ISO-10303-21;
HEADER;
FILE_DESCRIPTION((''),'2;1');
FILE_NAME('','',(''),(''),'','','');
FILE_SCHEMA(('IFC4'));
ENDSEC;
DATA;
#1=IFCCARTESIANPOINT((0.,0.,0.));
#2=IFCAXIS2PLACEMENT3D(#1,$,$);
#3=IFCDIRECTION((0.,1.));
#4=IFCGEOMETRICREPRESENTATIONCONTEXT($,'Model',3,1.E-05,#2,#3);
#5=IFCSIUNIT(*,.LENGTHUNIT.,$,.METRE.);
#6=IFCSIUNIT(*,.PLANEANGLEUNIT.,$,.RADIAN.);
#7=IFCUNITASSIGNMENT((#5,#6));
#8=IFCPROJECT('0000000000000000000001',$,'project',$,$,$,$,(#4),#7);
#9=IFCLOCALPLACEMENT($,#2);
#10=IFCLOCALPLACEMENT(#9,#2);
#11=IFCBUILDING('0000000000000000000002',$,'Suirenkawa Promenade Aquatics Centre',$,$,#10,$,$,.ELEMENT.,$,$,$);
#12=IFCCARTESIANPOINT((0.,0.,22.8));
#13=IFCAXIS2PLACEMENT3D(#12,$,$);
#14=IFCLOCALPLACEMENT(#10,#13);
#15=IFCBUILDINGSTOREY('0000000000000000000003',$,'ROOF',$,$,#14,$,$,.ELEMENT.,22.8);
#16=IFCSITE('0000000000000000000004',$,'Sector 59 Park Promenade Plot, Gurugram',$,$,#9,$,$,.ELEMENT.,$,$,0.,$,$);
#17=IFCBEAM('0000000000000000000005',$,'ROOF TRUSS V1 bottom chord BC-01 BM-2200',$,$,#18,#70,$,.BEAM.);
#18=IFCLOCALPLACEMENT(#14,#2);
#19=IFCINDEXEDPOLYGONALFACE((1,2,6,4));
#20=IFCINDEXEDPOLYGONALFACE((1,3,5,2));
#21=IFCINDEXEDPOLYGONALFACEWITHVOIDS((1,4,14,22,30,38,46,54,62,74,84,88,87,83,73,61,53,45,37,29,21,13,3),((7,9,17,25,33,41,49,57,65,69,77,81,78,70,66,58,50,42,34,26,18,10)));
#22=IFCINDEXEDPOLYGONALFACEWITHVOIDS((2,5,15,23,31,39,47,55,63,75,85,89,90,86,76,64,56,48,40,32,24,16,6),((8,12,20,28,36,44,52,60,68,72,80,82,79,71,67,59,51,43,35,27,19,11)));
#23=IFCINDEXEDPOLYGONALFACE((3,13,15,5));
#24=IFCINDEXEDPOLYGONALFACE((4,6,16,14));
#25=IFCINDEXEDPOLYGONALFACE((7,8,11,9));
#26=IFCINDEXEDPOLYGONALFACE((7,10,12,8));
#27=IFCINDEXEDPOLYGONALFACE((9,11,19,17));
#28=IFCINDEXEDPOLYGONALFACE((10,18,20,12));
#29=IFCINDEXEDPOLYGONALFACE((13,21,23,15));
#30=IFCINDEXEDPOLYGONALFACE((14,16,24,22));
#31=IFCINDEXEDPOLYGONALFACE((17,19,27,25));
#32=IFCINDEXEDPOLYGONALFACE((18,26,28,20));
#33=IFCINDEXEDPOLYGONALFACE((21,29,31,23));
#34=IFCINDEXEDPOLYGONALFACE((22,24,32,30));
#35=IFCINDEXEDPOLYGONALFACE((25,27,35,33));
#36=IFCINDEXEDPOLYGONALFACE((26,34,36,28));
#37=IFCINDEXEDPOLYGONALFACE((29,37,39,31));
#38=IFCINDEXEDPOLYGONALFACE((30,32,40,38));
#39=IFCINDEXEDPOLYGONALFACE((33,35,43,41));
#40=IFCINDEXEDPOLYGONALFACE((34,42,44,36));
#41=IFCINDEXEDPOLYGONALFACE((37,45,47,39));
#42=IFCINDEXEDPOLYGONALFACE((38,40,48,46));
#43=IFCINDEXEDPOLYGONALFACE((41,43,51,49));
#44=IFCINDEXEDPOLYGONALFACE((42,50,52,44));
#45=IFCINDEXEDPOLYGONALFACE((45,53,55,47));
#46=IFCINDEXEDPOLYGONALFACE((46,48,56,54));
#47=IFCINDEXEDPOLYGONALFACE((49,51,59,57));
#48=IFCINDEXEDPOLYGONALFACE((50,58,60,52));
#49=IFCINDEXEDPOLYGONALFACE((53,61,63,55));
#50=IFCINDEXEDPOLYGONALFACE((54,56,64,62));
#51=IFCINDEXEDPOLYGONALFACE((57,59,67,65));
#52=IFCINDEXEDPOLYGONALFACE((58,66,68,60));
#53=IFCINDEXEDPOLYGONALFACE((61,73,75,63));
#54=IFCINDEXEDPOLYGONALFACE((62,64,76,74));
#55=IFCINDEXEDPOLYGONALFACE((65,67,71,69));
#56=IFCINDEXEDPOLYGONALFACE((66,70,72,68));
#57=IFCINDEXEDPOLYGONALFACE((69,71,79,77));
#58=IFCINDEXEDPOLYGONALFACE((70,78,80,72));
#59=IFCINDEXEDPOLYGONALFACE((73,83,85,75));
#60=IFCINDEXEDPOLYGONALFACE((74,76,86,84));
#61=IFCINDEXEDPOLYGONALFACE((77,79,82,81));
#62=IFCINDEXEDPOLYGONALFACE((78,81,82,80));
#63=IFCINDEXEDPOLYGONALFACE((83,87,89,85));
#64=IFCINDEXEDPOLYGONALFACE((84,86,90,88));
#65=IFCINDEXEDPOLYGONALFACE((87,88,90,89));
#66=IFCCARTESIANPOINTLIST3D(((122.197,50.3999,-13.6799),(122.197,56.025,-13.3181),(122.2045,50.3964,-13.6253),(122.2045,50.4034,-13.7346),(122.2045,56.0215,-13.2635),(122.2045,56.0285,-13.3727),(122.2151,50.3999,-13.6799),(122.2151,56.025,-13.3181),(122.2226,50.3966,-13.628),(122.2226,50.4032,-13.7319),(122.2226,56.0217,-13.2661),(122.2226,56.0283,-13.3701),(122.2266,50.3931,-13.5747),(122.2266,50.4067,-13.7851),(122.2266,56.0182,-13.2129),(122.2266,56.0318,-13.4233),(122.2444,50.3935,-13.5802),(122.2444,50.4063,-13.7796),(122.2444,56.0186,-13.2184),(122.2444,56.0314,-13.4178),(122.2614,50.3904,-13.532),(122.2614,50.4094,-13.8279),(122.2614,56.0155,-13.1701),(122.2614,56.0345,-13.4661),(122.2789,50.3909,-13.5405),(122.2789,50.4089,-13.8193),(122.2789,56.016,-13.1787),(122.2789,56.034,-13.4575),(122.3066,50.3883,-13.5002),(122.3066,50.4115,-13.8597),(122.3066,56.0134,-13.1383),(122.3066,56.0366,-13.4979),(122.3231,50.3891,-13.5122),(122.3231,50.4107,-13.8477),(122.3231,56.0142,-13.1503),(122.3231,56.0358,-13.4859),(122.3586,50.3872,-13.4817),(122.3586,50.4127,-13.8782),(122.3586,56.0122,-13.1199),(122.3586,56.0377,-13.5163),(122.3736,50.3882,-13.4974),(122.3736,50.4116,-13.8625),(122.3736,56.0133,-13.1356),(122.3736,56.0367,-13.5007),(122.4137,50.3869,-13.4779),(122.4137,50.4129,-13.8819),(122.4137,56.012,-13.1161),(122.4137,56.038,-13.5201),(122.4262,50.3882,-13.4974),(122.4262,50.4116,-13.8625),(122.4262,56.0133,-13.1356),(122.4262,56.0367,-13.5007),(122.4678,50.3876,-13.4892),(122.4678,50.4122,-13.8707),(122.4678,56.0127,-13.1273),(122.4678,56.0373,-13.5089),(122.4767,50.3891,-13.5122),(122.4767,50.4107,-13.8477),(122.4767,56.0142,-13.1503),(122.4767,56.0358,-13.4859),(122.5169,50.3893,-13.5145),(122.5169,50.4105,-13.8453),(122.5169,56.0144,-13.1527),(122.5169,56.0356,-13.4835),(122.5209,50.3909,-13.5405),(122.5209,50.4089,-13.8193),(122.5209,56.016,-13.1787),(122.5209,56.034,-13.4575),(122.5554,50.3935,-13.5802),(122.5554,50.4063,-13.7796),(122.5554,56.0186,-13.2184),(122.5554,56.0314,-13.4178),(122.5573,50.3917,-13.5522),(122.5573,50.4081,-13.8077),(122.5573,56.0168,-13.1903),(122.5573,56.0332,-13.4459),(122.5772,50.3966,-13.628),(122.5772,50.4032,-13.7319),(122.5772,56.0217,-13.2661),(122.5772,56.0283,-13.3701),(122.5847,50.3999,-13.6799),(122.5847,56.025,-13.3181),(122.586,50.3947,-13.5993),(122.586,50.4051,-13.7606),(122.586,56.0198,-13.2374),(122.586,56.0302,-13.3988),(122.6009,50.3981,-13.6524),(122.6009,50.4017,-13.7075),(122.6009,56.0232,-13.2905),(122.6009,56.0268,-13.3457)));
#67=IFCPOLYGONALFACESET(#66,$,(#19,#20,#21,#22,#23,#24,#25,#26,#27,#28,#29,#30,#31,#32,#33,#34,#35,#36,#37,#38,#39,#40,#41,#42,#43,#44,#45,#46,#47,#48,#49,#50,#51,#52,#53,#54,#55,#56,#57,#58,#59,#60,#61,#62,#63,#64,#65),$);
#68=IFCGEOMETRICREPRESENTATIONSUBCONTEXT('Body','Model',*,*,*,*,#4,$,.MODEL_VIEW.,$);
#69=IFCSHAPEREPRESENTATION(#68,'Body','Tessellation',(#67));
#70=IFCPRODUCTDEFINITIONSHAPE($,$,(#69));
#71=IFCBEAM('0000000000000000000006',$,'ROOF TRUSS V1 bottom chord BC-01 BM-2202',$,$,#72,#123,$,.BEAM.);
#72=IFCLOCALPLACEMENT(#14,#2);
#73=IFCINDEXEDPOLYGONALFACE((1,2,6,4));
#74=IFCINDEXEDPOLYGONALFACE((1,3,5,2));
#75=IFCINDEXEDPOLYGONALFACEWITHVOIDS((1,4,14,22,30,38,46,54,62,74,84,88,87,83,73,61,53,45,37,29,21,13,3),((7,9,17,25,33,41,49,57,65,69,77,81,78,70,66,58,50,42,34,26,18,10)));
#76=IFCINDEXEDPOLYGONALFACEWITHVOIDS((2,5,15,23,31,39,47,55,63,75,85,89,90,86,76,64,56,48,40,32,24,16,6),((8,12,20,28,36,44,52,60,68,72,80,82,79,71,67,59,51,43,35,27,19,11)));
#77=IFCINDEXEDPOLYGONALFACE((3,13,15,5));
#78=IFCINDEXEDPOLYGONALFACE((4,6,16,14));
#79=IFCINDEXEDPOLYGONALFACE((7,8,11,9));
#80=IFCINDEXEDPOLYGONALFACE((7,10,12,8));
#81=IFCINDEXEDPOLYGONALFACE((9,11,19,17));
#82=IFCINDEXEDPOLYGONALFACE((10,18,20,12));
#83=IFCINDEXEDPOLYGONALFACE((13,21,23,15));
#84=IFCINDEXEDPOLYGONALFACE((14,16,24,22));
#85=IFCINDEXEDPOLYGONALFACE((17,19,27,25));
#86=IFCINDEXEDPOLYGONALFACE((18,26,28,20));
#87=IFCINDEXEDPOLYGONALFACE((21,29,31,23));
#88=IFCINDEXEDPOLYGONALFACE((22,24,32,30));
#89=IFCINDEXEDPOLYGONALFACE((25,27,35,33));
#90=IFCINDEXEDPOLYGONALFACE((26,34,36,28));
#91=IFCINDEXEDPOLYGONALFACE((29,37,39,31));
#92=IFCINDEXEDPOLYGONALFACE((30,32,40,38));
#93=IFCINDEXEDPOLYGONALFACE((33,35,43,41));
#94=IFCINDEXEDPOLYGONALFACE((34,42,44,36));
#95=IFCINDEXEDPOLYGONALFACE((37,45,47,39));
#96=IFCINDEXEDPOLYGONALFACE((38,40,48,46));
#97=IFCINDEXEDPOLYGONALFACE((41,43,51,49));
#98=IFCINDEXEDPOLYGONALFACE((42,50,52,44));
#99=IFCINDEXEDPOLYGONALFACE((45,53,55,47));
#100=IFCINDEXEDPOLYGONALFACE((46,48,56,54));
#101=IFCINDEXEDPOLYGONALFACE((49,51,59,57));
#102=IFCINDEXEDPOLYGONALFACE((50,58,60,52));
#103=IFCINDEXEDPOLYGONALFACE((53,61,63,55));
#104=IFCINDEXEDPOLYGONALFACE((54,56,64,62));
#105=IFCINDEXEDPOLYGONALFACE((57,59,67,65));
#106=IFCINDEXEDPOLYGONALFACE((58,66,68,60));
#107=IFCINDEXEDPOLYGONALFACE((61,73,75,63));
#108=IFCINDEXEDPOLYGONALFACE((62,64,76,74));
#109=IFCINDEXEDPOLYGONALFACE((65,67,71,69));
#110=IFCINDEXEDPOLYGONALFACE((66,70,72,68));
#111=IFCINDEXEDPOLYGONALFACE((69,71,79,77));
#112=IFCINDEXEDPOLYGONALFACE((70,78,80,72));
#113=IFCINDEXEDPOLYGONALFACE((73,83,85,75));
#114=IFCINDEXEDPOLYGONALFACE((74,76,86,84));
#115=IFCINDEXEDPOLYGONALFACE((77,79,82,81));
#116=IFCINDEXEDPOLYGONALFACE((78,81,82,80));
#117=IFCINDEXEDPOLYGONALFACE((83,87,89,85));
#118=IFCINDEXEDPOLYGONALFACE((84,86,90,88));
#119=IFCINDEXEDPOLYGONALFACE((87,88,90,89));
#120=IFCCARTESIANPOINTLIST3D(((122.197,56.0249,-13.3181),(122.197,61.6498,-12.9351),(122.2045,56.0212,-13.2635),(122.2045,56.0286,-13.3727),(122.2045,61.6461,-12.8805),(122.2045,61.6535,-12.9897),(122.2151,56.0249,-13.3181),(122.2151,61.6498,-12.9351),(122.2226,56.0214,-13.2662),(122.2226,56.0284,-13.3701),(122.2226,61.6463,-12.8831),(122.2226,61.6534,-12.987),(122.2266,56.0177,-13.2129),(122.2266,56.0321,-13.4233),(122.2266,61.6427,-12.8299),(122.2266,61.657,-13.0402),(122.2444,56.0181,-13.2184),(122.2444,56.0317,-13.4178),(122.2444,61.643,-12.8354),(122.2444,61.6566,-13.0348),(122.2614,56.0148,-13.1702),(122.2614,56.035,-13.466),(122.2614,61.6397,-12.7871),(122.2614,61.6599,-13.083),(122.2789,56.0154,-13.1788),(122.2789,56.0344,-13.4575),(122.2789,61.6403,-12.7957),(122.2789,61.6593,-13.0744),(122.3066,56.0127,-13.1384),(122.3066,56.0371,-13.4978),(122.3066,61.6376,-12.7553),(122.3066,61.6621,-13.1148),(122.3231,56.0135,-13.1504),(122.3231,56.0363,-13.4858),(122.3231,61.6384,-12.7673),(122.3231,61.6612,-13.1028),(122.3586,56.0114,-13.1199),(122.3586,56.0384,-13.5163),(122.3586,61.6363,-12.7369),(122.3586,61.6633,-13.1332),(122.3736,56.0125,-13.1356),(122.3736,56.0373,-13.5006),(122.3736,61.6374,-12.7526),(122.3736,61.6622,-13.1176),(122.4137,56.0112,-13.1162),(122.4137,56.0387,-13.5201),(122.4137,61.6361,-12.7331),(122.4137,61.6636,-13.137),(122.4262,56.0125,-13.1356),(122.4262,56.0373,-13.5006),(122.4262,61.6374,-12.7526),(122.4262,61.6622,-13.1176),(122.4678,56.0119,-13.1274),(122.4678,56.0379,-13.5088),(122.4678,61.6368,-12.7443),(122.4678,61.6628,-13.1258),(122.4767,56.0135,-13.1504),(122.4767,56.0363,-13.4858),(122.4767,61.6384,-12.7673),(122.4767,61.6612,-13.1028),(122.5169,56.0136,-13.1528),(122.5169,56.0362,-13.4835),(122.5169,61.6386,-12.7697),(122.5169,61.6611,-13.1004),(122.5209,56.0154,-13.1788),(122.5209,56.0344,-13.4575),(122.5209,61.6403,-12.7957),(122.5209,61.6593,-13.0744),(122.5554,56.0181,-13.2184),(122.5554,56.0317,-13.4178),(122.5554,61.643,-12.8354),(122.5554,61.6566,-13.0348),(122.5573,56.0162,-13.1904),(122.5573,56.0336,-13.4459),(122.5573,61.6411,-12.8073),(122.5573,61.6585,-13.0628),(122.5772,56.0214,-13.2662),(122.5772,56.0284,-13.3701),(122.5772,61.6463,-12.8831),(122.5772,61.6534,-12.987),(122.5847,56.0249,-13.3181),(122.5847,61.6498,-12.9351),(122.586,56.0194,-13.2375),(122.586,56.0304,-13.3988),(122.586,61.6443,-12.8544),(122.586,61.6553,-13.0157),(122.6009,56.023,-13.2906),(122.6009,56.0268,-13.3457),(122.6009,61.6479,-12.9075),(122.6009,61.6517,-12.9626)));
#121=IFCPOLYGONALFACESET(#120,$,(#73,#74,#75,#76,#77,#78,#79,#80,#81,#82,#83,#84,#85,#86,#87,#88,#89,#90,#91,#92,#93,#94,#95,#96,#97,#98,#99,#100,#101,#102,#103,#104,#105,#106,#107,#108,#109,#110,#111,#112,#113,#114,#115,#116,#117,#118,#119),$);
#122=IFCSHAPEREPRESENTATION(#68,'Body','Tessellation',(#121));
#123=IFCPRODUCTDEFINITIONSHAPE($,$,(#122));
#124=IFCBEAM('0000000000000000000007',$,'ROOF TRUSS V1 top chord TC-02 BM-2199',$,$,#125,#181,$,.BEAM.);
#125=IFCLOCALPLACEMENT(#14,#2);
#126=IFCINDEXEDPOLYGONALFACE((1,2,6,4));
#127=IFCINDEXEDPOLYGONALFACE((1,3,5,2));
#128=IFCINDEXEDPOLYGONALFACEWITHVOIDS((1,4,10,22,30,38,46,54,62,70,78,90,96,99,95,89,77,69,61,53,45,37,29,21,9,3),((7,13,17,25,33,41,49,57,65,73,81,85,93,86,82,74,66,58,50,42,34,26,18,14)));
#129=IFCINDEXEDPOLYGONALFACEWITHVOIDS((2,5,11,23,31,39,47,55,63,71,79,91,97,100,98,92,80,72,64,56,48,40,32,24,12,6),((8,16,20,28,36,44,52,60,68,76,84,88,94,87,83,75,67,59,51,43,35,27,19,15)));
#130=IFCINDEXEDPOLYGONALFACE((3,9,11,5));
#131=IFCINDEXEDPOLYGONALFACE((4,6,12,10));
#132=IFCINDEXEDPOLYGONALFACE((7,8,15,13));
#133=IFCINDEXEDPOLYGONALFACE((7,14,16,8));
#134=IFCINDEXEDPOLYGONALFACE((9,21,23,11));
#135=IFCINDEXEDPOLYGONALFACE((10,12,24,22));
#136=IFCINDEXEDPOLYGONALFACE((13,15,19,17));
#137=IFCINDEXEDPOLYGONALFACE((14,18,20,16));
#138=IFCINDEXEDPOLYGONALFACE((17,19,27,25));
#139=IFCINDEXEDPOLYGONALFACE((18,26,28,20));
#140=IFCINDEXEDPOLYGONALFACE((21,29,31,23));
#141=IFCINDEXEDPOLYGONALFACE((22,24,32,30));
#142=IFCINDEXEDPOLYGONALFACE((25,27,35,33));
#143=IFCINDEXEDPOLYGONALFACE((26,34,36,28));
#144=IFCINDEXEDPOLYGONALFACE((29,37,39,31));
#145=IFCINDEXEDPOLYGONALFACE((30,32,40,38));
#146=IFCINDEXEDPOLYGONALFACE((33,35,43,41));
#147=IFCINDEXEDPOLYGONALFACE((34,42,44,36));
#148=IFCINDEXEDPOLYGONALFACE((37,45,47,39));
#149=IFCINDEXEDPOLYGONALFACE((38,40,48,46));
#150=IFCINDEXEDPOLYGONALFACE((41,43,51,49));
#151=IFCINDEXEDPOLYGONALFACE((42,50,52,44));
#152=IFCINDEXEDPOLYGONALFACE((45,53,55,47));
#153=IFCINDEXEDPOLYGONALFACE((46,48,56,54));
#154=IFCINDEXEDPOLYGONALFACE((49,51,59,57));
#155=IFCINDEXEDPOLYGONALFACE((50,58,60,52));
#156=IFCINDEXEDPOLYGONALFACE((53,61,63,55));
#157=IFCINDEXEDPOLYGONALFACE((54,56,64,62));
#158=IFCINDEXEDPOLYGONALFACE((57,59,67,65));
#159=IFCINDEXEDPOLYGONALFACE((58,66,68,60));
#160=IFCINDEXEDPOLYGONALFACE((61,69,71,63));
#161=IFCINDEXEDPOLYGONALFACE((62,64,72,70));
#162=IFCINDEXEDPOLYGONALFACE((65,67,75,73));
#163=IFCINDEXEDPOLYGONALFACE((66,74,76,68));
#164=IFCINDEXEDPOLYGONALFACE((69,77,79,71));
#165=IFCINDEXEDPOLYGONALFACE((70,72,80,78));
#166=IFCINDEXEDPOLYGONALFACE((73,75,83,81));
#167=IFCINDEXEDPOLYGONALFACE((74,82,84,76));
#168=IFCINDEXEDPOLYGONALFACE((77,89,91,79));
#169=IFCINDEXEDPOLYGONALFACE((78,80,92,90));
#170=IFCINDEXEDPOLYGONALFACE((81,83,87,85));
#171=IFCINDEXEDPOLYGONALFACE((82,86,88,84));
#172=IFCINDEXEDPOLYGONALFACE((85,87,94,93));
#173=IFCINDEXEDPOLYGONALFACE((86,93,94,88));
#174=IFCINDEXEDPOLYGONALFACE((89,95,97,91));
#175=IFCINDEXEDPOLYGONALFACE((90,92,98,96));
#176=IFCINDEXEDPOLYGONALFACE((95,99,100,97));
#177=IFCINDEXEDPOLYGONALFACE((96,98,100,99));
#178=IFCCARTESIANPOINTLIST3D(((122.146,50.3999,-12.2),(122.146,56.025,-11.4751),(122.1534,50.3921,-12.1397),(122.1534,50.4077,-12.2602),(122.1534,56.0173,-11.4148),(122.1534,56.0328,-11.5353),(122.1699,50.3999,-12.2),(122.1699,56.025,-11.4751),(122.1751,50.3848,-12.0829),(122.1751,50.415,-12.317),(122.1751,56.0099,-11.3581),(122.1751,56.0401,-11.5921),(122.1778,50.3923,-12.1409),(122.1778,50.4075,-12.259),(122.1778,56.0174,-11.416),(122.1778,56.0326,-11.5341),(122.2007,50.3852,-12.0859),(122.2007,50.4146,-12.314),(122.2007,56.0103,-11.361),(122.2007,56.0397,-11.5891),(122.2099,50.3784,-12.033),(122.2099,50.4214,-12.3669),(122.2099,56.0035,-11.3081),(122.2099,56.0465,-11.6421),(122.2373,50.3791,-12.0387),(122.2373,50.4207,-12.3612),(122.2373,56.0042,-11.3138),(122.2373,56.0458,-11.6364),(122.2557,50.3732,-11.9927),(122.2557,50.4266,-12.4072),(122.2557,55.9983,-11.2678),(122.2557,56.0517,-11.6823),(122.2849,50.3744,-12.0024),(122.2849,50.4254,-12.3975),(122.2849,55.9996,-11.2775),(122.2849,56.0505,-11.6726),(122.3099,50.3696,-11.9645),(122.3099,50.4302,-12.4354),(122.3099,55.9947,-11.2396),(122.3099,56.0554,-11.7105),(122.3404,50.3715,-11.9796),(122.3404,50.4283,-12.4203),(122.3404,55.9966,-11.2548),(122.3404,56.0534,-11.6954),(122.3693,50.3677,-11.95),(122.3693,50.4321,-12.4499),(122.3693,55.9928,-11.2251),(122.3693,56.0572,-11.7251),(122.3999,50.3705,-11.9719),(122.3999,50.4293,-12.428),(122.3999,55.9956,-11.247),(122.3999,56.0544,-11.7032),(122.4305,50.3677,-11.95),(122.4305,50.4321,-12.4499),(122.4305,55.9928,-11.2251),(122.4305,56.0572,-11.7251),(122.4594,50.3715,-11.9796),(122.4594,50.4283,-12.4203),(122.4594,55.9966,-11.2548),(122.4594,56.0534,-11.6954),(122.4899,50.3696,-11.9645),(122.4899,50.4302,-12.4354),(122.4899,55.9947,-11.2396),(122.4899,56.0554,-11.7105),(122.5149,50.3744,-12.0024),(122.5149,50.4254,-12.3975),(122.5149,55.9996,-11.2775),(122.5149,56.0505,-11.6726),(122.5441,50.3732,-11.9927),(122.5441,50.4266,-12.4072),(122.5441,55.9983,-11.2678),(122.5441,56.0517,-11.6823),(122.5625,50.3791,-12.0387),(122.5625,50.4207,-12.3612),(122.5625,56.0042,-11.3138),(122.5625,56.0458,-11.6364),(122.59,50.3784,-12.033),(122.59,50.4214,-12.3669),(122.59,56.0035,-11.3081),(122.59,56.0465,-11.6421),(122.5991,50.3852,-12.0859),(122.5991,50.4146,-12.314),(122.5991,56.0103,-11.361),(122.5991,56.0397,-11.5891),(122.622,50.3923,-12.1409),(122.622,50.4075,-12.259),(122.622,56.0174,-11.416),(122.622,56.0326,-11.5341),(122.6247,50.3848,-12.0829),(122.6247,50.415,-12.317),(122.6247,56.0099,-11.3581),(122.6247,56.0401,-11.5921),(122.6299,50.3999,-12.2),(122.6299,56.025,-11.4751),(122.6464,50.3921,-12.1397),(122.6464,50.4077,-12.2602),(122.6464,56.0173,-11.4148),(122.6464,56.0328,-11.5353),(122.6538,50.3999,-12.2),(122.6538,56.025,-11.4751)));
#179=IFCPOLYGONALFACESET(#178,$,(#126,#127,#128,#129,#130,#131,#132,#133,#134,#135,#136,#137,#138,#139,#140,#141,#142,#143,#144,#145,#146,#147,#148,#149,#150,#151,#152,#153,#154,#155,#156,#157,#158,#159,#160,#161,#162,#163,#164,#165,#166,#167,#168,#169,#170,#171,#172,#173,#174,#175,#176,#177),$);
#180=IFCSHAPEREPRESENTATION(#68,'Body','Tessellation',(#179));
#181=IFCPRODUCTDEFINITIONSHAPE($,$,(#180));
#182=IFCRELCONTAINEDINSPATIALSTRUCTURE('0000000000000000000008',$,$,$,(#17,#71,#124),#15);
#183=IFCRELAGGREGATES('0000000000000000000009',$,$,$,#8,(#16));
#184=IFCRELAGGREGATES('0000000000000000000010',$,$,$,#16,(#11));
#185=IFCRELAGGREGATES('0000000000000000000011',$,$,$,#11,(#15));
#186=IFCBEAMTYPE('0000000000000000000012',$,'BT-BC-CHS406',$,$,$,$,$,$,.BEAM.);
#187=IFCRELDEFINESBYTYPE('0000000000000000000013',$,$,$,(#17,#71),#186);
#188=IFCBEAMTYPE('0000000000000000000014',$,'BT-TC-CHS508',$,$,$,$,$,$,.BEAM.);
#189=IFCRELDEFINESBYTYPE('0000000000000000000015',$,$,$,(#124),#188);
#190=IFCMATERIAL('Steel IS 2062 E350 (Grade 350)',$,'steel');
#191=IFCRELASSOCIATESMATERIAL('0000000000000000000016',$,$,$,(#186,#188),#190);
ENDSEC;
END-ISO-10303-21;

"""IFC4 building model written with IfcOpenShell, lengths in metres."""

from ifc_helpers import new_model, si_unit, direction, frame, origin, origin_2d, place, context, subcontext, project, spatial, hollow_circle, extrude, material, material_profile, profile_set, type_object, element, save


model = new_model("IFC4")

# Units and contexts
model_context = context("Model", 3, precision=1e-05, world=origin(), true_north=direction((0.0, 1.0)))
body_context = subcontext(model_context, "Body", "Model", "MODEL_VIEW")
ifc_project = project(units=[si_unit("LENGTHUNIT", "METRE"), si_unit("PLANEANGLEUNIT", "RADIAN")], contexts=[model_context])

# Site, building, storey
site_placement = place(None, origin())
site = spatial("IfcSite", under=ifc_project, at=site_placement, Name="Sector 59 Park Promenade Plot, Gurugram", CompositionType="ELEMENT", RefElevation=0.0)
building_placement = place(site_placement, origin())
building = spatial("IfcBuilding", under=site, at=building_placement, Name="Suirenkawa Promenade Aquatics Centre", CompositionType="ELEMENT")
storey_placement = place(building_placement, frame((0.0, 0.0, 22.8)))
storey = spatial("IfcBuildingStorey", under=building, at=storey_placement, Name="ROOF", CompositionType="ELEMENT", Elevation=22.8)

# Beams
ifc_material_1 = material(Name="Steel IS 2062 E350 (Grade 350)", Category="steel")
ifc_material_profile_1 = material_profile(ifc_material_1, hollow_circle(Radius=0.2029, WallThickness=0.0181, at=origin_2d()), Name="CHS 406x18", Category="steel")
ifc_profile_set_1 = profile_set([ifc_material_profile_1], Name="Steel IS 2062 E350 (Grade 350)")
beam_type_1 = type_object("IfcBeamType", Name="BT-BC-CHS406", PredefinedType="BEAM", material=ifc_profile_set_1)
beam_1_placement = place(storey_placement, frame((122.3999, 50.3999, -13.6799), z_axis=(0.0, 0.997938, 0.06419), x_axis=(-1.0, 0.0, 0.0)))
element("IfcBeam", 1, at=beam_1_placement, inside=storey, type_object=beam_type_1, Name="ROOF TRUSS V1 bottom chord BC-01 BM-2200", PredefinedType="BEAM", context=body_context, shape_type="SweptSolid", body=[
    extrude(hollow_circle(Radius=0.2029, WallThickness=0.0181, at=origin_2d()), origin(), (0.0, 0.0, 1.0), 5.6367),
])
beam_2_placement = place(storey_placement, frame((122.3999, 56.0249, -13.3181), z_axis=(0.0, 0.997689, 0.067942), x_axis=(-1.0, 0.0, 0.0)))
element("IfcBeam", 2, at=beam_2_placement, inside=storey, type_object=beam_type_1, Name="ROOF TRUSS V1 bottom chord BC-01 BM-2202", PredefinedType="BEAM", context=body_context, shape_type="SweptSolid", body=[
    extrude(hollow_circle(Radius=0.2029, WallThickness=0.0181, at=origin_2d()), origin(), (0.0, 0.0, 1.0), 5.6379),
])
ifc_material_profile_2 = material_profile(ifc_material_1, hollow_circle(Radius=0.2539, WallThickness=0.0239, at=origin_2d()), Name="CHS 508x24", Category="steel")
ifc_profile_set_2 = profile_set([ifc_material_profile_2], Name="Steel IS 2062 E350 (Grade 350)")
beam_type_2 = type_object("IfcBeamType", Name="BT-TC-CHS508", PredefinedType="BEAM", material=ifc_profile_set_2)
for number, where, z_axis, x_axis, name in (
    (3, (122.3999, 50.3999, -12.2), (0.0, 0.991799, 0.127806), (-1.0, 0.0, 0.0), "ROOF TRUSS V1 top chord TC-02 BM-2199"),
):
    element("IfcBeam", number, at=place(storey_placement, frame(where, z_axis=z_axis, x_axis=x_axis)), inside=storey, type_object=beam_type_2, Name=name, PredefinedType="BEAM", context=body_context, shape_type="SweptSolid", body=[
        extrude(hollow_circle(Radius=0.2539, WallThickness=0.0239, at=origin_2d()), origin(), (0.0, 0.0, 1.0), 5.6716),
    ])

save(model, "model.ifc")
